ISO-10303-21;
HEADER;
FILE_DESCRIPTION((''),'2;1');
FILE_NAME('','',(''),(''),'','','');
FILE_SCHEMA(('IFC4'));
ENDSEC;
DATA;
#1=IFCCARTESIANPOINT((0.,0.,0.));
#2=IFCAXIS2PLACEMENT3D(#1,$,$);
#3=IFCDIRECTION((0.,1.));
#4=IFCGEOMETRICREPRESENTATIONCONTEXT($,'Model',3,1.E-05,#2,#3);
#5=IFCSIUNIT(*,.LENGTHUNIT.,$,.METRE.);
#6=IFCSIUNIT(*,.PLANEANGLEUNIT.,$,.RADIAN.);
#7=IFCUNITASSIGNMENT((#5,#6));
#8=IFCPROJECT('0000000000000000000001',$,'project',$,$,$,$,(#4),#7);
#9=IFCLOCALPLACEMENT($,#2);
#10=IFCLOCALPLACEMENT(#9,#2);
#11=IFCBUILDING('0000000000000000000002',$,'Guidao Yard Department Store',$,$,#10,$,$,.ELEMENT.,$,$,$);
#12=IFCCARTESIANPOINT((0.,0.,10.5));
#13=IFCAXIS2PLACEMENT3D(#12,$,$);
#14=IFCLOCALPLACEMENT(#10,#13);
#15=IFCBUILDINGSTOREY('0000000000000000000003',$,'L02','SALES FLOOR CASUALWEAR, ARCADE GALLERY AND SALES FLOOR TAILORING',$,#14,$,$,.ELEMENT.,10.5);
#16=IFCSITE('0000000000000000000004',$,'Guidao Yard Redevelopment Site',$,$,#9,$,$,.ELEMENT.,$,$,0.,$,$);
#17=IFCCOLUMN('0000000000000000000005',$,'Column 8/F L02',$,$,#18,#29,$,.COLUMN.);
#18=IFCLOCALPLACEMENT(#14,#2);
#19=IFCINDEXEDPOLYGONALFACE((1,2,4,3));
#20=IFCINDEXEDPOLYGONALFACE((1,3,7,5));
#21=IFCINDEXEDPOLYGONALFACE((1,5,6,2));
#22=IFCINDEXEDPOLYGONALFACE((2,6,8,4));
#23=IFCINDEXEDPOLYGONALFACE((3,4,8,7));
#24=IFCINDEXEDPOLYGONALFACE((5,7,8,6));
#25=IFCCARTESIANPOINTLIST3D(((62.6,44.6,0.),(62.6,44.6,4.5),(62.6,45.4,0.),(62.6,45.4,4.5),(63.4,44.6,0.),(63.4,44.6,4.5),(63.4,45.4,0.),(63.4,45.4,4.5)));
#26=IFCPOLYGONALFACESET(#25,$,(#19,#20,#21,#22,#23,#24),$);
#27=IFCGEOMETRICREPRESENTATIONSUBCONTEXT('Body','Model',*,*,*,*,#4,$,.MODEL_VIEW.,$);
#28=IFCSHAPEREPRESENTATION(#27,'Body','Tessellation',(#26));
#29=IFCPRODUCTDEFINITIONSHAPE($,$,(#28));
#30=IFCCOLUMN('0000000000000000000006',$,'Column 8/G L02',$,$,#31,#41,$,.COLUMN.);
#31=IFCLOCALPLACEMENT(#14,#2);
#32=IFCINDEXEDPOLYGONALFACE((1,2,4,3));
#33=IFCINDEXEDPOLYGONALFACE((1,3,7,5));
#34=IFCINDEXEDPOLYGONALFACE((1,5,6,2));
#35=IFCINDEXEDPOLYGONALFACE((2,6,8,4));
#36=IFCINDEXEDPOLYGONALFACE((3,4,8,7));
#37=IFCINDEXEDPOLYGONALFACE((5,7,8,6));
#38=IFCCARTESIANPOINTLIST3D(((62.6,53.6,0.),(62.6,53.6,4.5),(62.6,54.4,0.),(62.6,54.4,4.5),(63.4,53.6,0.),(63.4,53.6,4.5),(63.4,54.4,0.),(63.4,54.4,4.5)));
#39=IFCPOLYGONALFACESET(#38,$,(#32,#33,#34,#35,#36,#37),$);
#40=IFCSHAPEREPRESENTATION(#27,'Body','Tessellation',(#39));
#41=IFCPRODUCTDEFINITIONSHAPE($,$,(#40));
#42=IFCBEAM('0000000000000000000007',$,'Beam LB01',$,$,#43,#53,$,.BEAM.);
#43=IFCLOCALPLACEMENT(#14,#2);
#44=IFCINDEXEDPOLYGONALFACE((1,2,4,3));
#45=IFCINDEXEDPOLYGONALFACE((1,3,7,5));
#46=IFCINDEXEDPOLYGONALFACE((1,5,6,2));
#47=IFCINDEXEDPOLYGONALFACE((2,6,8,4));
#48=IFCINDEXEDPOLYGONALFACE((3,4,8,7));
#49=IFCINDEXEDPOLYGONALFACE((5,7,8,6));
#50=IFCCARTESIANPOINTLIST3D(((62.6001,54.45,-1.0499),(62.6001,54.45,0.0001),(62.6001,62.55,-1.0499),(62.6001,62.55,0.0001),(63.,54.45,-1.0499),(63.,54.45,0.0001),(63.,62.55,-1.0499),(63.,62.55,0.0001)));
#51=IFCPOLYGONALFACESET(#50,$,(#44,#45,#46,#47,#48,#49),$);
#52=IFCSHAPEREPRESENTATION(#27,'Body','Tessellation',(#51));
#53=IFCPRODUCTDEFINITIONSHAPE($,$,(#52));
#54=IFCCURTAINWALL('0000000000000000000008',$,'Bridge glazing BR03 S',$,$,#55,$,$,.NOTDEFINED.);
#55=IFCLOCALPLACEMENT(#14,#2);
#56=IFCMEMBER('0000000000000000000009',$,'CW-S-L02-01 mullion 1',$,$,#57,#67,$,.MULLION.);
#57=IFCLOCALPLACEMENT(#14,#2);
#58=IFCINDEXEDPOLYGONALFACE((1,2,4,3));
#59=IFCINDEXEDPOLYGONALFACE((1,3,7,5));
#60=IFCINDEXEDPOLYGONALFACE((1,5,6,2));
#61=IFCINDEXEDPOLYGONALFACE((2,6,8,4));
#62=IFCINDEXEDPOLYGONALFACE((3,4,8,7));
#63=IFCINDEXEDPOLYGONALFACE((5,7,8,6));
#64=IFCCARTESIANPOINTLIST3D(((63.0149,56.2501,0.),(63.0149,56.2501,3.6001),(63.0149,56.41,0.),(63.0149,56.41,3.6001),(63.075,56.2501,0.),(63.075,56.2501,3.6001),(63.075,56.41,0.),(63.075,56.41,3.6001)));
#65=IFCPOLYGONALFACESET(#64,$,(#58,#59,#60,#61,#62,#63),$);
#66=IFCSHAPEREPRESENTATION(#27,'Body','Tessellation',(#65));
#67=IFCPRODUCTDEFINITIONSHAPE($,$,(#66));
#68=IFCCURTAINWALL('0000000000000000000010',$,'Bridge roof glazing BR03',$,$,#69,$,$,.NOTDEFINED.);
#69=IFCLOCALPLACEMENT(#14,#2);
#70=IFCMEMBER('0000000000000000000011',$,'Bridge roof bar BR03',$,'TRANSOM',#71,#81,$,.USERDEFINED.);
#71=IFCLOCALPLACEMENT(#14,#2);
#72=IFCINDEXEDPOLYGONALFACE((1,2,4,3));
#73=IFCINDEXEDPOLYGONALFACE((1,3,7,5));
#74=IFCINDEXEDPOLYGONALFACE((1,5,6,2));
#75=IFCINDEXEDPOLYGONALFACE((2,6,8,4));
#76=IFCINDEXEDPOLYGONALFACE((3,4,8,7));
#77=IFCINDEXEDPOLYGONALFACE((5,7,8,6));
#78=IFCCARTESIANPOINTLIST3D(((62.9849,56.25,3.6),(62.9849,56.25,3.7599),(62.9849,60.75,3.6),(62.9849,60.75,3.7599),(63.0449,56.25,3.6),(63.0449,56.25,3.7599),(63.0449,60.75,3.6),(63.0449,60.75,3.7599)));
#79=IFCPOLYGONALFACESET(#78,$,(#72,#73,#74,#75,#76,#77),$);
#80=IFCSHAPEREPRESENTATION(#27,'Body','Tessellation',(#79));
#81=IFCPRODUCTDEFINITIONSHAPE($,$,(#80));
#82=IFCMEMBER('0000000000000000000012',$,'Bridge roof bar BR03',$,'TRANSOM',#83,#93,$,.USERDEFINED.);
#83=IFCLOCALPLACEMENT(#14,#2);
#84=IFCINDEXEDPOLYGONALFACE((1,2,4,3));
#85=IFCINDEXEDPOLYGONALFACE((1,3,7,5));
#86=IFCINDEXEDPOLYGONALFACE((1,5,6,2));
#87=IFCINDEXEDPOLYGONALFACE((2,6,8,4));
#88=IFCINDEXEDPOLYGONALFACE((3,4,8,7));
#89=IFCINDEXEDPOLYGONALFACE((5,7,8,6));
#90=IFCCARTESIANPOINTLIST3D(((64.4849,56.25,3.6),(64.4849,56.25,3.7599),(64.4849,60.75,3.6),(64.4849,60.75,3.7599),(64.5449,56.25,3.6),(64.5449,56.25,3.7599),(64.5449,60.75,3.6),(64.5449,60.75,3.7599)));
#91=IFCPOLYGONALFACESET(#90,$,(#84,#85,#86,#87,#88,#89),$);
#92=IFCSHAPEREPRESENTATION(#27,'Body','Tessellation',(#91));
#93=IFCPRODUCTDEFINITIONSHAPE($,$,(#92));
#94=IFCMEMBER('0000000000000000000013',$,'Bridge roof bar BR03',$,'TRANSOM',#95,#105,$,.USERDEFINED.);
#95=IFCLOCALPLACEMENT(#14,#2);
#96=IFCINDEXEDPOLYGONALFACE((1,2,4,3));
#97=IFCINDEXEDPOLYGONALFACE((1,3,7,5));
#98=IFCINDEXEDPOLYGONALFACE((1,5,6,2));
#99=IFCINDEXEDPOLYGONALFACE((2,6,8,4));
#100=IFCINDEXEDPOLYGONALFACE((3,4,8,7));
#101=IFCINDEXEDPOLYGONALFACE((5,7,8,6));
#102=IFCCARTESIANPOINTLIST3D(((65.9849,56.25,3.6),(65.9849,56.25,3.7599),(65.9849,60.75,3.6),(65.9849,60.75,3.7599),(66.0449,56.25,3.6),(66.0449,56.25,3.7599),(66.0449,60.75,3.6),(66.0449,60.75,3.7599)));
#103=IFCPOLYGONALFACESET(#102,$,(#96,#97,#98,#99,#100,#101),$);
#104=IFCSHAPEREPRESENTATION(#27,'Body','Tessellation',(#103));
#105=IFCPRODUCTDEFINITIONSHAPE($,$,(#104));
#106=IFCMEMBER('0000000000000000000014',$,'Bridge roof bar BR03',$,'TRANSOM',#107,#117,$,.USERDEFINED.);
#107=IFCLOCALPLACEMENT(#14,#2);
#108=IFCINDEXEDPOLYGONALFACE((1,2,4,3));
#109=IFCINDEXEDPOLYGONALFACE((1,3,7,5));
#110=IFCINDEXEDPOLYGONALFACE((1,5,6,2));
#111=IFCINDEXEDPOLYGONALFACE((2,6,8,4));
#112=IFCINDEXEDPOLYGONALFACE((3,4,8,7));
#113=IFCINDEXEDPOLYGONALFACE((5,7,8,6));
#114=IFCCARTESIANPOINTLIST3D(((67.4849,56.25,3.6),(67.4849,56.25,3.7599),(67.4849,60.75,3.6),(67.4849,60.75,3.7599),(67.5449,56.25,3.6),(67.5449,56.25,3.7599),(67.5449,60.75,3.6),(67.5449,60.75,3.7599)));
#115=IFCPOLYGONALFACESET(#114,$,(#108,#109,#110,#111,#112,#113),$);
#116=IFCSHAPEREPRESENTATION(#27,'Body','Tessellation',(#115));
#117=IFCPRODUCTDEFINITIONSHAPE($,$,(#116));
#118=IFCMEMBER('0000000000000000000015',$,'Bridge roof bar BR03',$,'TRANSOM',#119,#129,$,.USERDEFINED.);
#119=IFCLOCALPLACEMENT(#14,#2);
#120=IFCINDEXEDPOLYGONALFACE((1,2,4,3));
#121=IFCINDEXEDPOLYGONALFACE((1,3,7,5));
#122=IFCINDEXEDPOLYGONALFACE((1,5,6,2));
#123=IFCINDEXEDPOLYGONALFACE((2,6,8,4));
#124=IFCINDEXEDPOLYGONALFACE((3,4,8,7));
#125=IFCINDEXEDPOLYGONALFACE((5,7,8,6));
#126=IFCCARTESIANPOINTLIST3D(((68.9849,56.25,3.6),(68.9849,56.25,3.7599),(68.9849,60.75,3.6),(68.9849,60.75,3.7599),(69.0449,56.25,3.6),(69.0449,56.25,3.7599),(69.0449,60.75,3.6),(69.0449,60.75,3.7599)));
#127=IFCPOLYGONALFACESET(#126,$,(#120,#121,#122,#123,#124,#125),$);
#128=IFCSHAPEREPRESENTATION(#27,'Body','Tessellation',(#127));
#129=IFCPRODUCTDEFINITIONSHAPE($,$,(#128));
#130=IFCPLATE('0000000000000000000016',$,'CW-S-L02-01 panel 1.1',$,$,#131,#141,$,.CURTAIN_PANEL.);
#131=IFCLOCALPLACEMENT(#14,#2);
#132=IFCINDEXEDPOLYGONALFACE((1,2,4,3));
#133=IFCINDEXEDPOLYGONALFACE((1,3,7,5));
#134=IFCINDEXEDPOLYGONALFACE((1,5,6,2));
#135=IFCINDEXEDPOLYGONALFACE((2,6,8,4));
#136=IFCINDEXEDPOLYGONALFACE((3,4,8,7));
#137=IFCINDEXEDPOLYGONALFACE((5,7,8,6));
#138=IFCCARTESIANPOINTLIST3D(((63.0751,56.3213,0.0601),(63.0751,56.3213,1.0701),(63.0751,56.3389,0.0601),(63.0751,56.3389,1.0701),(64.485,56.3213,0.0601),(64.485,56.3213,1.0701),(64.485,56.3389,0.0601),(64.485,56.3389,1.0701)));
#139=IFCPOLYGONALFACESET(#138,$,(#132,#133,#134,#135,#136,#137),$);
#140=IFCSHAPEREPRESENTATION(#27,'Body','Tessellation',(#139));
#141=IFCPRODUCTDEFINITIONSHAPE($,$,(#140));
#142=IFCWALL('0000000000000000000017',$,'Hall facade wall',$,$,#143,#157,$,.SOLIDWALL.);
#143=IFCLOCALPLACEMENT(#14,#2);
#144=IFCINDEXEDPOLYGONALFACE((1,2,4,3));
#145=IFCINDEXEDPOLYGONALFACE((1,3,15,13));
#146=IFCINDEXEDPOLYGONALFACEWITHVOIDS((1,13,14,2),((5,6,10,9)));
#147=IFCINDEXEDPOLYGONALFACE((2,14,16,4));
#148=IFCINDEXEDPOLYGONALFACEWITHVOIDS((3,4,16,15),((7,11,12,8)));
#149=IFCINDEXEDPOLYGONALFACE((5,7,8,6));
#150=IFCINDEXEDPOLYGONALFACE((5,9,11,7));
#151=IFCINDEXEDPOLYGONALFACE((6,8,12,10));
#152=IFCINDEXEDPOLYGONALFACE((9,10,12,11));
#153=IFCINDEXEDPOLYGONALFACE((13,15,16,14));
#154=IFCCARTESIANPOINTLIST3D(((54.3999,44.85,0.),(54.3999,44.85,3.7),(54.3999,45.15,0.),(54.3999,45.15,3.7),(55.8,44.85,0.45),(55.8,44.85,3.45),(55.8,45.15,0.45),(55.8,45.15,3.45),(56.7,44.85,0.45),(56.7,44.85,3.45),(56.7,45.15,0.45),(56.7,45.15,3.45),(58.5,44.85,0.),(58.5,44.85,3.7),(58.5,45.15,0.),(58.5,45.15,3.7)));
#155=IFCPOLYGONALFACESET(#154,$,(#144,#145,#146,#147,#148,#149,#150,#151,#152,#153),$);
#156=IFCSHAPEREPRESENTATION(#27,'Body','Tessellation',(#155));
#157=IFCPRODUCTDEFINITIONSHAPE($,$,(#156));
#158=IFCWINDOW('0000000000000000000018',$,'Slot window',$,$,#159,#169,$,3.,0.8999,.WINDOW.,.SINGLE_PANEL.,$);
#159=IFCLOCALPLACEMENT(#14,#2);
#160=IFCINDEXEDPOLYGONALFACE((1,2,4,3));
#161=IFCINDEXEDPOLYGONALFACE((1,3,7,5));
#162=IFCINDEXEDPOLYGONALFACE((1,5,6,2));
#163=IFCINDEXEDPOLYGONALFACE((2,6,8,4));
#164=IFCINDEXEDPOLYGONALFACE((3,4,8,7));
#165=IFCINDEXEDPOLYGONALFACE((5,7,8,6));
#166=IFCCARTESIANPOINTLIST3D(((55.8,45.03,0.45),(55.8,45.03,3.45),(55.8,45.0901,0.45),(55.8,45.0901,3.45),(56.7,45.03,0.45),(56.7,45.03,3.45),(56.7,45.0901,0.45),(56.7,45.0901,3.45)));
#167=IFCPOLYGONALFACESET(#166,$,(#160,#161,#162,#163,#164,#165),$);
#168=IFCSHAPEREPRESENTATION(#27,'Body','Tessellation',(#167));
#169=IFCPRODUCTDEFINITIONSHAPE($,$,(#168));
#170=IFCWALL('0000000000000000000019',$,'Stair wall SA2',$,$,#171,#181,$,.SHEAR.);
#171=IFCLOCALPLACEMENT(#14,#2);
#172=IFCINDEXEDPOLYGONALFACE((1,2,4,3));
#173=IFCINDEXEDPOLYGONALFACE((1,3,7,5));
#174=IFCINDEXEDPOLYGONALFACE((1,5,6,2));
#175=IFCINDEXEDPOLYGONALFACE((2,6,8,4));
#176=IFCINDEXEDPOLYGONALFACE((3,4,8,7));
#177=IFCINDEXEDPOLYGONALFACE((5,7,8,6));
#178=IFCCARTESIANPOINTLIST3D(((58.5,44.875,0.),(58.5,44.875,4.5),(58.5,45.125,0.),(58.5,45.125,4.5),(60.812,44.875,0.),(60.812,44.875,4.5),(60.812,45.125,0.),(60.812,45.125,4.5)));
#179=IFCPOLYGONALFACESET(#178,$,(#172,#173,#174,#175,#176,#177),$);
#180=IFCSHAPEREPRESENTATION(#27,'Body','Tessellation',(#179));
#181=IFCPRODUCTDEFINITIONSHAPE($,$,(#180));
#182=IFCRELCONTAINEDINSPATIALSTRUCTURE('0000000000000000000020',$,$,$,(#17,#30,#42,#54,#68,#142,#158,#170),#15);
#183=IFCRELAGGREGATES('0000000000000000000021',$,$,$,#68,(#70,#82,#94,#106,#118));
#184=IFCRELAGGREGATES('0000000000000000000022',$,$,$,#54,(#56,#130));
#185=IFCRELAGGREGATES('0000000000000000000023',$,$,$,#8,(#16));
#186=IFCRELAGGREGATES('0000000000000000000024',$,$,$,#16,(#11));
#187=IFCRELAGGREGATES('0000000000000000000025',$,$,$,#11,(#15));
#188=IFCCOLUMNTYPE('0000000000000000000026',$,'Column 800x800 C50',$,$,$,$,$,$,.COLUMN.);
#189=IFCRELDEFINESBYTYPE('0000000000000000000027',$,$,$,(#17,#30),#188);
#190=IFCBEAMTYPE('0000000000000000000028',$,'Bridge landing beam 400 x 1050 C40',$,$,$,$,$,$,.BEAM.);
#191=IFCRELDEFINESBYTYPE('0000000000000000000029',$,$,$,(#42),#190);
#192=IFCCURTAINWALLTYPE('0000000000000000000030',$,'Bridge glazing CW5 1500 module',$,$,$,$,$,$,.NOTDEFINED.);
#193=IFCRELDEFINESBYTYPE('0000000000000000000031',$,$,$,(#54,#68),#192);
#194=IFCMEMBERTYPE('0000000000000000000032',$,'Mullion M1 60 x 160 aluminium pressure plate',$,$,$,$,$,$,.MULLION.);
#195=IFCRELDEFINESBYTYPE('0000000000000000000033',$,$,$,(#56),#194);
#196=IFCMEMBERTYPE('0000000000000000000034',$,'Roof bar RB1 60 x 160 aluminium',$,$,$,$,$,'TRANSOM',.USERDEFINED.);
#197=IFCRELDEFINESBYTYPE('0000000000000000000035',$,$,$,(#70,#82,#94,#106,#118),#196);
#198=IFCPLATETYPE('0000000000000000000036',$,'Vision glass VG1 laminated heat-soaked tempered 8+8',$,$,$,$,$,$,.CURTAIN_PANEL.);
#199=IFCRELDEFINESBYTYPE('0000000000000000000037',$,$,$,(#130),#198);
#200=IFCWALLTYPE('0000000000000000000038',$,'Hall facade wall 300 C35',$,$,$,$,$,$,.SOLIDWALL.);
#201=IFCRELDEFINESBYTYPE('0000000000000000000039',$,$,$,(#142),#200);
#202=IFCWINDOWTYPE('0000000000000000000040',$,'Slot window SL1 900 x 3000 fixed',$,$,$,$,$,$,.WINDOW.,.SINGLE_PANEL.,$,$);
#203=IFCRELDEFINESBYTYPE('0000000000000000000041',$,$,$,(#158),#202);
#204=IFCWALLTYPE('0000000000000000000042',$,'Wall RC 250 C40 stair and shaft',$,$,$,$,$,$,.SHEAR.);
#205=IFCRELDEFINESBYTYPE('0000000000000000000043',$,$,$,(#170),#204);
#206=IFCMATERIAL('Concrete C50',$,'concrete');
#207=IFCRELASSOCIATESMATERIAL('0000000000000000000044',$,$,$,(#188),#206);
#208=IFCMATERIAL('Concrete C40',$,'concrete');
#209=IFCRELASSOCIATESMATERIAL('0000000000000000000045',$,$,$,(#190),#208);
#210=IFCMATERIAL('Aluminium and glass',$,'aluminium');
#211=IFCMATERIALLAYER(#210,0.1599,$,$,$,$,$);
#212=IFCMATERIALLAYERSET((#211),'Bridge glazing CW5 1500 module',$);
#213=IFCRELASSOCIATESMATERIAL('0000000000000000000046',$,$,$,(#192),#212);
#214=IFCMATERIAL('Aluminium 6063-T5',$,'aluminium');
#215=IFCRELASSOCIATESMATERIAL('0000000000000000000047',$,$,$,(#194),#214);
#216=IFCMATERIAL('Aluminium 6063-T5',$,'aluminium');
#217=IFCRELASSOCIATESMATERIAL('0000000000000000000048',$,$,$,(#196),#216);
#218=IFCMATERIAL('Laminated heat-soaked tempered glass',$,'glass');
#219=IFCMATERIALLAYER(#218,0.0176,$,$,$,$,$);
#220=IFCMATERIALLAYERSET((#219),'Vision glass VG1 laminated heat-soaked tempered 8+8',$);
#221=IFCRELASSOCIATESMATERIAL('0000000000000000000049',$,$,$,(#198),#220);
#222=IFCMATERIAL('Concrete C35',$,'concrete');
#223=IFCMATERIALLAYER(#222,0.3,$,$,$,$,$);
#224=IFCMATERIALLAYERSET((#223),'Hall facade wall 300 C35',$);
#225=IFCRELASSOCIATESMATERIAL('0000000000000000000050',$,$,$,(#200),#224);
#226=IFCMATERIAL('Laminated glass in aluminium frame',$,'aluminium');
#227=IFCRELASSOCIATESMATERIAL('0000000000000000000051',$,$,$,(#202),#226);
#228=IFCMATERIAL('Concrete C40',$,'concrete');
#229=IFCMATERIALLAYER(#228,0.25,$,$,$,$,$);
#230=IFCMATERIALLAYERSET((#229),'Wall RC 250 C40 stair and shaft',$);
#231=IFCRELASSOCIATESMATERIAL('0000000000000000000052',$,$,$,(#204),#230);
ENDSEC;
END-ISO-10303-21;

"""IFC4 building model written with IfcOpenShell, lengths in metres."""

from ifc_helpers import new_model, si_unit, direction, frame, frame_2d, origin, origin_2d, place, context, subcontext, project, spatial, rectangle, extrude, material, layer, layer_set, material_profile, profile_set, type_object, element, fill, aggregate, save


model = new_model("IFC4")

# Units and contexts
model_context = context("Model", 3, precision=1e-05, world=origin(), true_north=direction((0.0, 1.0)))
body_context = subcontext(model_context, "Body", "Model", "MODEL_VIEW")
ifc_project = project(units=[si_unit("LENGTHUNIT", "METRE"), si_unit("PLANEANGLEUNIT", "RADIAN")], contexts=[model_context])

# Site, building, storey
site_placement = place(None, origin())
site = spatial("IfcSite", under=ifc_project, at=site_placement, Name="Guidao Yard Redevelopment Site", CompositionType="ELEMENT", RefElevation=0.0)
building_placement = place(site_placement, origin())
building = spatial("IfcBuilding", under=site, at=building_placement, Name="Guidao Yard Department Store", CompositionType="ELEMENT")
storey_placement = place(building_placement, frame((0.0, 0.0, 10.5)))
storey = spatial("IfcBuildingStorey", under=building, at=storey_placement, Name="L02", Description="SALES FLOOR CASUALWEAR, ARCADE GALLERY AND SALES FLOOR TAILORING", CompositionType="ELEMENT", Elevation=10.5)

# Columns
ifc_material_1 = material(Name="Concrete C50", Category="concrete")
ifc_material_profile_1 = material_profile(ifc_material_1, rectangle(XDim=0.8, YDim=0.8, at=origin_2d()), Name="COL 800x800")
ifc_profile_set_1 = profile_set([ifc_material_profile_1], Name="Concrete C50")
column_type = type_object("IfcColumnType", Name="Column 800x800 C50", PredefinedType="COLUMN", material=ifc_profile_set_1)
for number, where, z_axis, x_axis, name in (
    (1, (63.0, 45.0, 0.0), (0.0, 0.0, 1.0), (1.0, 0.0, 0.0), "Column 8/F L02"),
    (2, (63.0, 54.0, 0.0), (0.0, 0.0, 1.0), (1.0, 0.0, 0.0), "Column 8/G L02"),
):
    element("IfcColumn", number, at=place(storey_placement, frame(where, z_axis=z_axis, x_axis=x_axis)), inside=storey, type_object=column_type, Name=name, PredefinedType="COLUMN", context=body_context, shape_type="SweptSolid", body=[
        extrude(rectangle(XDim=0.8, YDim=0.8, at=origin_2d()), origin(), (0.0, 0.0, 1.0), 4.5),
    ])

# Beam
ifc_material_2 = material(Name="Concrete C40", Category="concrete")
ifc_material_profile_2 = material_profile(ifc_material_2, rectangle(XDim=0.3999, YDim=1.05, at=origin_2d()), Name="Bridge landing beam 400 x 1050 C40")
ifc_profile_set_2 = profile_set([ifc_material_profile_2], Name="Concrete C40")
beam_type = type_object("IfcBeamType", Name="Bridge landing beam 400 x 1050 C40", PredefinedType="BEAM", material=ifc_profile_set_2)
beam_placement = place(storey_placement, frame((62.8, 54.45, -0.5249), z_axis=(0.0, 1.0, 0.0), x_axis=(-1.0, 0.0, 0.0)))
element("IfcBeam", 3, at=beam_placement, inside=storey, type_object=beam_type, Name="Beam LB01", PredefinedType="BEAM", context=body_context, shape_type="SweptSolid", body=[
    extrude(rectangle(XDim=0.3999, YDim=1.05, at=origin_2d()), origin(), (0.0, 0.0, 1.0), 8.1001),
])

# Curtain wall, member
ifc_material_3 = material(Name="Aluminium and glass", Category="aluminium")
ifc_layer_1 = layer(ifc_material_3, 0.1599)
ifc_layer_set_1 = layer_set([ifc_layer_1], Name="Bridge glazing CW5 1500 module")
curtain_wall_type = type_object("IfcCurtainWallType", Name="Bridge glazing CW5 1500 module", PredefinedType="NOTDEFINED", material=ifc_layer_set_1)
curtain_wall_1_placement = place(storey_placement, origin())
curtain_wall_1 = element("IfcCurtainWall", 4, at=curtain_wall_1_placement, inside=storey, type_object=curtain_wall_type, Name="Bridge glazing BR03 S", PredefinedType="NOTDEFINED")
ifc_material_4 = material(Name="Aluminium 6063-T5", Category="aluminium")
ifc_material_profile_3 = material_profile(ifc_material_4, rectangle(XDim=0.0601, YDim=0.1599, at=origin_2d()), Name="Mullion M1 60 x 160 aluminium pressure plate")
ifc_profile_set_3 = profile_set([ifc_material_profile_3], Name="Aluminium 6063-T5")
member_type_1 = type_object("IfcMemberType", Name="Mullion M1 60 x 160 aluminium pressure plate", PredefinedType="MULLION", material=ifc_profile_set_3)
member_1_placement = place(storey_placement, frame((63.0449, 56.3301, 0.0), z_axis=(0.0, 0.0, 1.0), x_axis=(-1.0, 0.0, 0.0)))
member_1 = element("IfcMember", 5, at=member_1_placement, type_object=member_type_1, Name="CW-S-L02-01 mullion 1", PredefinedType="MULLION", context=body_context, shape_type="SweptSolid", body=[
    extrude(rectangle(XDim=0.0601, YDim=0.1599, at=origin_2d()), origin(), (0.0, 0.0, 1.0), 3.6001),
])

# Curtain wall, members
curtain_wall_2_placement = place(storey_placement, origin())
curtain_wall_2 = element("IfcCurtainWall", 6, at=curtain_wall_2_placement, inside=storey, type_object=curtain_wall_type, Name="Bridge roof glazing BR03", PredefinedType="NOTDEFINED")
ifc_material_5 = material(Name="Aluminium 6063-T5", Category="aluminium")
ifc_material_profile_4 = material_profile(ifc_material_5, rectangle(XDim=0.0601, YDim=0.1599, at=origin_2d()), Name="Roof bar RB1 60 x 160 aluminium")
ifc_profile_set_4 = profile_set([ifc_material_profile_4], Name="Aluminium 6063-T5")
member_type_2 = type_object("IfcMemberType", Name="Roof bar RB1 60 x 160 aluminium", ElementType="TRANSOM", PredefinedType="USERDEFINED", material=ifc_profile_set_4)
member_2_placement = place(storey_placement, frame((63.0149, 56.25, 3.6799), z_axis=(0.0, 1.0, 0.0), x_axis=(-1.0, 0.0, 0.0)))
member_2 = element("IfcMember", 7, at=member_2_placement, type_object=member_type_2, Name="Bridge roof bar BR03", ObjectType="TRANSOM", PredefinedType="USERDEFINED", context=body_context, shape_type="SweptSolid", body=[
    extrude(rectangle(XDim=0.0601, YDim=0.1599, at=origin_2d()), origin(), (0.0, 0.0, 1.0), 4.5),
])
member_3_placement = place(storey_placement, frame((64.5149, 56.25, 3.6799), z_axis=(0.0, 1.0, 0.0), x_axis=(-1.0, 0.0, 0.0)))
member_3 = element("IfcMember", 8, at=member_3_placement, type_object=member_type_2, Name="Bridge roof bar BR03", ObjectType="TRANSOM", PredefinedType="USERDEFINED", context=body_context, shape_type="SweptSolid", body=[
    extrude(rectangle(XDim=0.0601, YDim=0.1599, at=origin_2d()), origin(), (0.0, 0.0, 1.0), 4.5),
])
member_4_placement = place(storey_placement, frame((66.0149, 56.25, 3.6799), z_axis=(0.0, 1.0, 0.0), x_axis=(-1.0, 0.0, 0.0)))
member_4 = element("IfcMember", 9, at=member_4_placement, type_object=member_type_2, Name="Bridge roof bar BR03", ObjectType="TRANSOM", PredefinedType="USERDEFINED", context=body_context, shape_type="SweptSolid", body=[
    extrude(rectangle(XDim=0.0601, YDim=0.1599, at=origin_2d()), origin(), (0.0, 0.0, 1.0), 4.5),
])
member_5_placement = place(storey_placement, frame((67.5149, 56.25, 3.6799), z_axis=(0.0, 1.0, 0.0), x_axis=(-1.0, 0.0, 0.0)))
member_5 = element("IfcMember", 10, at=member_5_placement, type_object=member_type_2, Name="Bridge roof bar BR03", ObjectType="TRANSOM", PredefinedType="USERDEFINED", context=body_context, shape_type="SweptSolid", body=[
    extrude(rectangle(XDim=0.0601, YDim=0.1599, at=origin_2d()), origin(), (0.0, 0.0, 1.0), 4.5),
])
member_6_placement = place(storey_placement, frame((69.0149, 56.25, 3.6799), z_axis=(0.0, 1.0, 0.0), x_axis=(-1.0, 0.0, 0.0)))
member_6 = element("IfcMember", 11, at=member_6_placement, type_object=member_type_2, Name="Bridge roof bar BR03", ObjectType="TRANSOM", PredefinedType="USERDEFINED", context=body_context, shape_type="SweptSolid", body=[
    extrude(rectangle(XDim=0.0601, YDim=0.1599, at=origin_2d()), origin(), (0.0, 0.0, 1.0), 4.5),
])
aggregate(curtain_wall_2, [member_2, member_3, member_4, member_5, member_6])

# Plate
ifc_material_6 = material(Name="Laminated heat-soaked tempered glass", Category="glass")
ifc_layer_2 = layer(ifc_material_6, 0.0176)
ifc_layer_set_2 = layer_set([ifc_layer_2], Name="Vision glass VG1 laminated heat-soaked tempered 8+8")
plate_type = type_object("IfcPlateType", Name="Vision glass VG1 laminated heat-soaked tempered 8+8", PredefinedType="CURTAIN_PANEL", material=ifc_layer_set_2)
plate_placement = place(storey_placement, frame((63.78, 56.3301, 0.0601), z_axis=(0.0, 0.0, 1.0), x_axis=(-1.0, 0.0, 0.0)))
plate = element("IfcPlate", 12, at=plate_placement, type_object=plate_type, Name="CW-S-L02-01 panel 1.1", PredefinedType="CURTAIN_PANEL", context=body_context, shape_type="SweptSolid", body=[
    extrude(rectangle(XDim=1.4099, YDim=0.0176, at=origin_2d()), origin(), (0.0, 0.0, 1.0), 1.01),
])
aggregate(curtain_wall_1, [member_1, plate])

# Wall, opening, window
ifc_material_7 = material(Name="Concrete C35", Category="concrete")
ifc_layer_3 = layer(ifc_material_7, 0.3)
ifc_layer_set_3 = layer_set([ifc_layer_3], Name="Hall facade wall 300 C35")
wall_type_1 = type_object("IfcWallType", Name="Hall facade wall 300 C35", PredefinedType="SOLIDWALL", material=ifc_layer_set_3)
wall_1_placement = place(storey_placement, frame((58.5, 45.0, 0.0), z_axis=(0.0, 0.0, 1.0), x_axis=(-1.0, 0.0, 0.0)))
wall_1 = element("IfcWall", 13, at=wall_1_placement, inside=storey, type_object=wall_type_1, Name="Hall facade wall", PredefinedType="SOLIDWALL", context=body_context, shape_type="SweptSolid", body=[
    extrude(rectangle(XDim=4.1001, YDim=0.3, at=frame_2d((2.05, 0.0))), origin(), (0.0, 0.0, 1.0), 3.7),
])
opening_1_placement = place(wall_1_placement, frame((1.8, 0.0, 0.45)))
opening_1 = element("IfcOpeningElement", 14, at=opening_1_placement, cuts=wall_1, PredefinedType="OPENING", context=body_context, shape_type="SweptSolid", body=[
    extrude(rectangle(XDim=0.8999, YDim=3.0, at=frame_2d((0.45, 1.5))), frame((0.0, 0.1599, 0.0), z_axis=(0.0, -1.0, 0.0), x_axis=(1.0, 0.0, 0.0)), (0.0, 0.0, 1.0), 0.3201),
])
ifc_material_8 = material(Name="Laminated glass in aluminium frame", Category="aluminium")
window_type = type_object("IfcWindowType", Name="Slot window SL1 900 x 3000 fixed", PartitioningType="SINGLE_PANEL", PredefinedType="WINDOW", material=ifc_material_8)
window_placement = place(opening_1_placement, origin())
window = element("IfcWindow", 15, at=window_placement, inside=storey, type_object=window_type, Name="Slot window", OverallHeight=3.0, OverallWidth=0.8999, PartitioningType="SINGLE_PANEL", PredefinedType="WINDOW", context=body_context, shape_type="SweptSolid", body=[
    extrude(rectangle(XDim=0.8999, YDim=3.0, at=frame_2d((0.45, 1.5))), frame((0.0, -0.03, 0.0), z_axis=(0.0, -1.0, 0.0), x_axis=(1.0, 0.0, 0.0)), (0.0, 0.0, 1.0), 0.0601),
])
fill(opening_1, window)

# Wall
ifc_material_9 = material(Name="Concrete C40", Category="concrete")
ifc_layer_4 = layer(ifc_material_9, 0.25)
ifc_layer_set_4 = layer_set([ifc_layer_4], Name="Wall RC 250 C40 stair and shaft")
wall_type_2 = type_object("IfcWallType", Name="Wall RC 250 C40 stair and shaft", PredefinedType="SHEAR", material=ifc_layer_set_4)
wall_2_placement = place(storey_placement, frame((58.5, 45.0, 0.0), z_axis=(0.0, 0.0, 1.0), x_axis=(1.0, 0.0, 0.0)))
element("IfcWall", 16, at=wall_2_placement, inside=storey, type_object=wall_type_2, Name="Stair wall SA2", PredefinedType="SHEAR", context=body_context, shape_type="SweptSolid", body=[
    extrude(rectangle(XDim=2.312, YDim=0.25, at=frame_2d((1.156, 0.0))), origin(), (0.0, 0.0, 1.0), 4.5),
])

save(model, "model.ifc")
